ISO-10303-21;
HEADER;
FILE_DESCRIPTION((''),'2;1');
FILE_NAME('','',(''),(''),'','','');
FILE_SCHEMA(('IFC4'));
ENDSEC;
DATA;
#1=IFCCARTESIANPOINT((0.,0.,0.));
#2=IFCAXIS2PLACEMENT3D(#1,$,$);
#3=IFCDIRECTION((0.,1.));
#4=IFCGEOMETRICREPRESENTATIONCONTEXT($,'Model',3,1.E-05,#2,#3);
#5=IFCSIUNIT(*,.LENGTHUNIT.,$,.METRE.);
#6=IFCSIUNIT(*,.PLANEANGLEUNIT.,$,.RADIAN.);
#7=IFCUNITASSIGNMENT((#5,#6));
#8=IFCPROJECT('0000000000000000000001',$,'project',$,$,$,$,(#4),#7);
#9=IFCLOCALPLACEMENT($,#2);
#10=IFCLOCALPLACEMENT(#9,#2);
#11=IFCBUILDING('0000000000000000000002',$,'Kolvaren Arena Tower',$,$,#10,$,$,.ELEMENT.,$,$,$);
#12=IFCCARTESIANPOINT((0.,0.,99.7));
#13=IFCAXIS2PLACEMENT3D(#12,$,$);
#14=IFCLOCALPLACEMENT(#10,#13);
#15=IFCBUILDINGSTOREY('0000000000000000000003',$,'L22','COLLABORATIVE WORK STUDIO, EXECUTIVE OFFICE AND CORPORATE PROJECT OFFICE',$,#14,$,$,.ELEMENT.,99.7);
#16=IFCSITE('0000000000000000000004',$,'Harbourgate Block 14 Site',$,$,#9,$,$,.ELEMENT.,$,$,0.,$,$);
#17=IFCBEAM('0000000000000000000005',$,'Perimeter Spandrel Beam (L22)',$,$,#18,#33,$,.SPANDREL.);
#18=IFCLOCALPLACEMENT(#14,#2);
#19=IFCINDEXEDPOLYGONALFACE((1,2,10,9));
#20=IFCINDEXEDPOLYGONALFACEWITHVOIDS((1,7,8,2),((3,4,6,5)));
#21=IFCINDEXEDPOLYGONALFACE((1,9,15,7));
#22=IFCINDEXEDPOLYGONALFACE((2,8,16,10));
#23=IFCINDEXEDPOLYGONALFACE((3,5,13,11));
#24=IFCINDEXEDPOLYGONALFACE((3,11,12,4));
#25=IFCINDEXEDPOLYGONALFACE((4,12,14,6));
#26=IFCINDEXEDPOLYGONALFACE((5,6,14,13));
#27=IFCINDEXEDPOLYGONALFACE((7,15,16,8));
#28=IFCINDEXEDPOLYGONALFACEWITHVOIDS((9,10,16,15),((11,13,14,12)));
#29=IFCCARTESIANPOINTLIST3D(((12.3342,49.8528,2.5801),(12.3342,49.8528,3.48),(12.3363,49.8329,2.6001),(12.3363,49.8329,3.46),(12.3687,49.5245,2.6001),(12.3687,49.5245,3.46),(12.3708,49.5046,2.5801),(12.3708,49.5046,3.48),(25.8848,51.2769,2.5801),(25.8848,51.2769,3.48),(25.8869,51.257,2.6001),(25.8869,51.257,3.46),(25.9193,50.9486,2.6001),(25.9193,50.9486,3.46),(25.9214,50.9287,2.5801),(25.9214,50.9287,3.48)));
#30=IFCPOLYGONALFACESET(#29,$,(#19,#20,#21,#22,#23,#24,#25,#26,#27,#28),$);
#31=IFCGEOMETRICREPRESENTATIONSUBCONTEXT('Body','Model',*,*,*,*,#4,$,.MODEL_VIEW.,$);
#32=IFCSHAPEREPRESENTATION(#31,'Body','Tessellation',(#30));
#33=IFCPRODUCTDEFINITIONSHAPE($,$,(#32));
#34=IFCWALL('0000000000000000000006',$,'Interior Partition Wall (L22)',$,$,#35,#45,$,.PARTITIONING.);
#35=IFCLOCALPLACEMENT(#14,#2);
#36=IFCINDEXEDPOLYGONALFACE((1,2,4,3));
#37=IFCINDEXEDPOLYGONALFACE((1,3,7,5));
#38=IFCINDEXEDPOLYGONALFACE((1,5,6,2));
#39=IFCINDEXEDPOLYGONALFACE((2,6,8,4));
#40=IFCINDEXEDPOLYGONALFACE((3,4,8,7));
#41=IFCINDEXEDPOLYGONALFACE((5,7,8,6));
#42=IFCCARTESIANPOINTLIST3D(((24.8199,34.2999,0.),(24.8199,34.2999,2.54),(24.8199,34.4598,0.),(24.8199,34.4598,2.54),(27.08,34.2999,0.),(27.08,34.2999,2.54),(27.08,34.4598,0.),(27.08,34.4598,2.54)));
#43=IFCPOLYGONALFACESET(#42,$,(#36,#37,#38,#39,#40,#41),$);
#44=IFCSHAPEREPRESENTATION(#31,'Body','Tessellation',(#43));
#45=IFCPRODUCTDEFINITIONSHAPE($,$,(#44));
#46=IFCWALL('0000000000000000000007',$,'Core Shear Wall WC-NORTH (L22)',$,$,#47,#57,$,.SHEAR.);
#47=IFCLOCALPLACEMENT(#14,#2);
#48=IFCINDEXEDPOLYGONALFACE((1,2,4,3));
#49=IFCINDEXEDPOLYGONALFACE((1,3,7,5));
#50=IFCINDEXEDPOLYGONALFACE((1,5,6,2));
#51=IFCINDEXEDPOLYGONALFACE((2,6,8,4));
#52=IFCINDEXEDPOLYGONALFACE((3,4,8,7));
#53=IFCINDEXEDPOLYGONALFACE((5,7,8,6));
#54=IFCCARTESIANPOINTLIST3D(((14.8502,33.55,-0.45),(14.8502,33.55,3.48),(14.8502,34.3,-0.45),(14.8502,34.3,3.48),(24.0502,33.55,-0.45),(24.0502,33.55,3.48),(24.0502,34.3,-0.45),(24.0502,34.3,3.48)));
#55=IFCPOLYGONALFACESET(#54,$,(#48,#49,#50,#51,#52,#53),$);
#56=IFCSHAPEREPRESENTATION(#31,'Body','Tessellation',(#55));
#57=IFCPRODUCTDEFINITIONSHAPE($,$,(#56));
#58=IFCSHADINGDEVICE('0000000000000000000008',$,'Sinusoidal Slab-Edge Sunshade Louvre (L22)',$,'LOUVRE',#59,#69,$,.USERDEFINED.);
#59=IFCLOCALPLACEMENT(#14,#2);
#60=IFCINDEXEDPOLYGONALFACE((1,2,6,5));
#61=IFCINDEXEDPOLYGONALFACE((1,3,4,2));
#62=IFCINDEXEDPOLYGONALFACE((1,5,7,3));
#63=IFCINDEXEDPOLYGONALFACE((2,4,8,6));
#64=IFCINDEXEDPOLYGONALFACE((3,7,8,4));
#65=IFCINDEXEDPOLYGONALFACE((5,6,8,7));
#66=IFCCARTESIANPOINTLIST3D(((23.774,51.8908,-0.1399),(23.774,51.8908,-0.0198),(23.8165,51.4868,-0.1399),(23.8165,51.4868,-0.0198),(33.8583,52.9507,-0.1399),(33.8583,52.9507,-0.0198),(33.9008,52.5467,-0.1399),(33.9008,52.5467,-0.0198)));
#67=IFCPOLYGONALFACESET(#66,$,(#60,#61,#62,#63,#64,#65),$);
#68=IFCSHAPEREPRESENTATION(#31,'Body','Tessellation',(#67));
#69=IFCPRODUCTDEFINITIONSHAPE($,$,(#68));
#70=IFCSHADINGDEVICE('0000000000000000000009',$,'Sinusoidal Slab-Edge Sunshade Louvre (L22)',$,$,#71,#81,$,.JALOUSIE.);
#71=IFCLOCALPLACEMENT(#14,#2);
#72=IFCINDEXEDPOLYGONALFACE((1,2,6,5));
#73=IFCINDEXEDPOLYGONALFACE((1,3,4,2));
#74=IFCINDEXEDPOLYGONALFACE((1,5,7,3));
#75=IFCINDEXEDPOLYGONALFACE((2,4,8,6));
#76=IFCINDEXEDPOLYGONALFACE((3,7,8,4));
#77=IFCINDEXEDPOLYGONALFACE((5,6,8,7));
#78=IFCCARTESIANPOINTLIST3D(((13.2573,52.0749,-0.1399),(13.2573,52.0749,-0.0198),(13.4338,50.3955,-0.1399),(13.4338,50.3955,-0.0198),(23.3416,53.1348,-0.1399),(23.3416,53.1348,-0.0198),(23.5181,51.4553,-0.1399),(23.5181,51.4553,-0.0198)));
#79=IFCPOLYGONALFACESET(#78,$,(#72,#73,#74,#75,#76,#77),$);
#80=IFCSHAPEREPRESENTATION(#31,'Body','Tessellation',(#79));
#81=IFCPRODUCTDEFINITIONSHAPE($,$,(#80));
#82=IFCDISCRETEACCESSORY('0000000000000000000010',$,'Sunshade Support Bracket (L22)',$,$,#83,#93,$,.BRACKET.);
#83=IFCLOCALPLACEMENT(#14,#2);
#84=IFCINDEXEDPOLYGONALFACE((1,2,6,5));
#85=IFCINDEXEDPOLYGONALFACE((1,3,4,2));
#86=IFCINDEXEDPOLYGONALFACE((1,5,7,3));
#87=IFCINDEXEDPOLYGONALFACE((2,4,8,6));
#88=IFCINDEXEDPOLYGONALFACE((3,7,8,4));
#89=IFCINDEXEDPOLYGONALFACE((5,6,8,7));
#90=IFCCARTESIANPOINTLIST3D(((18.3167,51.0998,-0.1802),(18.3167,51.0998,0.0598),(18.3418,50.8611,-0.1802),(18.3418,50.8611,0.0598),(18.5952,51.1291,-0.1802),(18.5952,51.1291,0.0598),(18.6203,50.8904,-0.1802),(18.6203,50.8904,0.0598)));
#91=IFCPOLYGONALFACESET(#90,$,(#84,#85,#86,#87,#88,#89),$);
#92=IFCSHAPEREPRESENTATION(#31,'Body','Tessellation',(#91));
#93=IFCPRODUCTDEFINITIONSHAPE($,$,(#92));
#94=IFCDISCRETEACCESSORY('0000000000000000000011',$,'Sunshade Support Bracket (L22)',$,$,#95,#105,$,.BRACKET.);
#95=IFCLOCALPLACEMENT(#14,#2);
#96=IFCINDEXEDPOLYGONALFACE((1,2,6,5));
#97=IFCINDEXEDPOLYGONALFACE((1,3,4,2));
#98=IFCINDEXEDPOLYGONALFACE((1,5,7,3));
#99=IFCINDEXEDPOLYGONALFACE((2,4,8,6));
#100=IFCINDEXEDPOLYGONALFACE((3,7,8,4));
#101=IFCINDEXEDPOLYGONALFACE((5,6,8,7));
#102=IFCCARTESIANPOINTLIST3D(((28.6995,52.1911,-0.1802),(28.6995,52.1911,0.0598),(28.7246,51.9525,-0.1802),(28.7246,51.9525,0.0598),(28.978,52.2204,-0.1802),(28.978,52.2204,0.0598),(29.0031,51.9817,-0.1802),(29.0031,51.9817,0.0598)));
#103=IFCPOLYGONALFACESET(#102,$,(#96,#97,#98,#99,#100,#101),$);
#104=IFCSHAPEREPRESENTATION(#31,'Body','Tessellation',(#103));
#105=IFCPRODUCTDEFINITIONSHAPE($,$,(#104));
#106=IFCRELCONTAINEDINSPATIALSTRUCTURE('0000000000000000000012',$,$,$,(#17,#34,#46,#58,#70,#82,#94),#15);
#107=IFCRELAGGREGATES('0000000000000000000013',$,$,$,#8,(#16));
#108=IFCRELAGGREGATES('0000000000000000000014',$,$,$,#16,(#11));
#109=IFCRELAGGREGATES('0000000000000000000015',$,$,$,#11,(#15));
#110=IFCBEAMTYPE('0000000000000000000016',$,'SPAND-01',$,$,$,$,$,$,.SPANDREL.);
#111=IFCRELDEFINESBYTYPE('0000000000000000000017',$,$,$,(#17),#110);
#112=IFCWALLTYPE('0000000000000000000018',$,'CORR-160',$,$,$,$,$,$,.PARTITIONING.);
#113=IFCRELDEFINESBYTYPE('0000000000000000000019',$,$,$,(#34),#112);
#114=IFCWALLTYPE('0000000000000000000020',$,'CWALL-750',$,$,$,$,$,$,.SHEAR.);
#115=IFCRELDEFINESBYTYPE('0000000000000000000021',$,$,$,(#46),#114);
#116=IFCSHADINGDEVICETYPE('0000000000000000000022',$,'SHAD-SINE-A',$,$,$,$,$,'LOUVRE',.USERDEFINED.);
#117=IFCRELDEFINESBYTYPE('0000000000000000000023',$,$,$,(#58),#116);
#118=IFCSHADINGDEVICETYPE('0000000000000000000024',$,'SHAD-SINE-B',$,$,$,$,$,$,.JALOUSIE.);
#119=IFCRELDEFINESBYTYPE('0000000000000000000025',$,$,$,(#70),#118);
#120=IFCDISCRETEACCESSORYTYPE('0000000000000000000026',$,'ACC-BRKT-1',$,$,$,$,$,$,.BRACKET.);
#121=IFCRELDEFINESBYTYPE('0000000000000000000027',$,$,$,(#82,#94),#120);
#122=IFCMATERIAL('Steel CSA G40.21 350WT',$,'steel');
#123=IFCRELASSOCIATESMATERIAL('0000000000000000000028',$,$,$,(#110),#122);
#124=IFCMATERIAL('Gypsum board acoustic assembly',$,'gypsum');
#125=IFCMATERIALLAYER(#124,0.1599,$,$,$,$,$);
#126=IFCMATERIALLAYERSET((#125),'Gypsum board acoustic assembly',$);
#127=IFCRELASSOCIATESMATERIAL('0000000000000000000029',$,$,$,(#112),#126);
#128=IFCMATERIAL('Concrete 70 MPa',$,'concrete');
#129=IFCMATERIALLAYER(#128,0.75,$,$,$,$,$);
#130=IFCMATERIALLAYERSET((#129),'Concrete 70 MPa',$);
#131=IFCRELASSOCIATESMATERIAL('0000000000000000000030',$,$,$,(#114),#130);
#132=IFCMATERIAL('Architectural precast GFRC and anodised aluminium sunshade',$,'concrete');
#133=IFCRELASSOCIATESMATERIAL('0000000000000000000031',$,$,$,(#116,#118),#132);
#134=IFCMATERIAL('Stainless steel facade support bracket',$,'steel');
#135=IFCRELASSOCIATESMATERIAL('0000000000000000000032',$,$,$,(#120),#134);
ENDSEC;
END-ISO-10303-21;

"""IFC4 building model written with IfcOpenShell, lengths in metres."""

from ifc_helpers import new_model, si_unit, direction, frame, frame_2d, origin, origin_2d, place, context, subcontext, project, spatial, rectangle, hollow_rectangle, extrude, material, layer, layer_set, material_profile, profile_set, type_object, element, save


model = new_model("IFC4")

# Units and contexts
model_context = context("Model", 3, precision=1e-05, world=origin(), true_north=direction((0.0, 1.0)))
body_context = subcontext(model_context, "Body", "Model", "MODEL_VIEW")
ifc_project = project(units=[si_unit("LENGTHUNIT", "METRE"), si_unit("PLANEANGLEUNIT", "RADIAN")], contexts=[model_context])

# Site, building, storey
site_placement = place(None, origin())
site = spatial("IfcSite", under=ifc_project, at=site_placement, Name="Harbourgate Block 14 Site", CompositionType="ELEMENT", RefElevation=0.0)
building_placement = place(site_placement, origin())
building = spatial("IfcBuilding", under=site, at=building_placement, Name="Kolvaren Arena Tower", CompositionType="ELEMENT")
storey_placement = place(building_placement, frame((0.0, 0.0, 99.7)))
storey = spatial("IfcBuildingStorey", under=building, at=storey_placement, Name="L22", Description="COLLABORATIVE WORK STUDIO, EXECUTIVE OFFICE AND CORPORATE PROJECT OFFICE", CompositionType="ELEMENT", Elevation=99.7)

# Beam
ifc_material_1 = material(Name="Steel CSA G40.21 350WT", Category="steel")
ifc_material_profile_1 = material_profile(ifc_material_1, hollow_rectangle(XDim=0.3501, YDim=0.8999, WallThickness=0.02, at=origin_2d()), Name="HSS 900x350x20")
ifc_profile_set_1 = profile_set([ifc_material_profile_1], Name="Steel CSA G40.21 350WT")
beam_type_1 = type_object("IfcBeamType", Name="SPAND-01", PredefinedType="SPANDREL", material=ifc_profile_set_1)
beam_1_placement = place(storey_placement, frame((25.9031, 51.1028, 3.03), z_axis=(-0.994523, -0.104518, 0.0), x_axis=(0.104518, -0.994523, 0.0)))
element("IfcBeam", 1, at=beam_1_placement, inside=storey, type_object=beam_type_1, Name="Perimeter Spandrel Beam (L22)", PredefinedType="SPANDREL", context=body_context, shape_type="SweptSolid", body=[
    extrude(hollow_rectangle(XDim=0.3501, YDim=0.8999, WallThickness=0.02, at=origin_2d()), origin(), (0.0, 0.0, 1.0), 13.6252),
])

# Walls
ifc_material_2 = material(Name="Gypsum board acoustic assembly", Category="gypsum")
ifc_layer_1 = layer(ifc_material_2, 0.1599)
ifc_layer_set_1 = layer_set([ifc_layer_1], Name="Gypsum board acoustic assembly")
wall_type_1 = type_object("IfcWallType", Name="CORR-160", PredefinedType="PARTITIONING", material=ifc_layer_set_1)
wall_1_placement = place(storey_placement, frame((24.8201, 34.3799, 0.0), z_axis=(0.0, 0.0, 1.0), x_axis=(1.0, 0.0, 0.0)))
element("IfcWall", 2, at=wall_1_placement, inside=storey, type_object=wall_type_1, Name="Interior Partition Wall (L22)", PredefinedType="PARTITIONING", context=body_context, shape_type="SweptSolid", body=[
    extrude(rectangle(XDim=2.26, YDim=0.1599, at=frame_2d((1.1299, 0.0))), origin(), (0.0, 0.0, 1.0), 2.54),
])
ifc_material_3 = material(Name="Concrete 70 MPa", Category="concrete")
ifc_layer_2 = layer(ifc_material_3, 0.75)
ifc_layer_set_2 = layer_set([ifc_layer_2], Name="Concrete 70 MPa")
wall_type_2 = type_object("IfcWallType", Name="CWALL-750", PredefinedType="SHEAR", material=ifc_layer_set_2)
wall_2_placement = place(storey_placement, frame((14.8501, 33.925, -0.45), z_axis=(0.0, 0.0, 1.0), x_axis=(1.0, 0.0, 0.0)))
element("IfcWall", 3, at=wall_2_placement, inside=storey, type_object=wall_type_2, Name="Core Shear Wall WC-NORTH (L22)", PredefinedType="SHEAR", context=body_context, shape_type="SweptSolid", body=[
    extrude(rectangle(XDim=9.2, YDim=0.75, at=frame_2d((4.6001, 0.0))), origin(), (0.0, 0.0, 1.0), 3.9299),
])

# Shading devices
ifc_material_4 = material(Name="Architectural precast GFRC and anodised aluminium sunshade", Category="concrete")
shading_device_type_1 = type_object("IfcShadingDeviceType", Name="SHAD-SINE-A", ElementType="LOUVRE", PredefinedType="USERDEFINED", material=ifc_material_4)
shading_device_1_placement = place(storey_placement, frame((28.8374, 52.2188, -0.1399), z_axis=(0.0, 0.0, 1.0), x_axis=(0.994522, 0.104527, 0.0)))
element("IfcShadingDevice", 4, at=shading_device_1_placement, inside=storey, type_object=shading_device_type_1, Name="Sinusoidal Slab-Edge Sunshade Louvre (L22)", ObjectType="LOUVRE", PredefinedType="USERDEFINED", context=body_context, shape_type="SweptSolid", body=[
    extrude(rectangle(XDim=10.1399, YDim=0.4062, at=origin_2d()), origin(), (0.0, 0.0, 1.0), 0.1201),
])
shading_device_type_2 = type_object("IfcShadingDeviceType", Name="SHAD-SINE-B", PredefinedType="JALOUSIE", material=ifc_material_4)
shading_device_2_placement = place(storey_placement, frame((18.3877, 51.7651, -0.1399), z_axis=(0.0, 0.0, 1.0), x_axis=(0.994522, 0.104527, 0.0)))
element("IfcShadingDevice", 5, at=shading_device_2_placement, inside=storey, type_object=shading_device_type_2, Name="Sinusoidal Slab-Edge Sunshade Louvre (L22)", PredefinedType="JALOUSIE", context=body_context, shape_type="SweptSolid", body=[
    extrude(rectangle(XDim=10.1399, YDim=1.6887, at=origin_2d()), origin(), (0.0, 0.0, 1.0), 0.1201),
])

# Discrete accessories
ifc_material_5 = material(Name="Stainless steel facade support bracket", Category="steel")
discrete_accessory_type = type_object("IfcDiscreteAccessoryType", Name="ACC-BRKT-1", PredefinedType="BRACKET", material=ifc_material_5)
for number, where, z_axis, x_axis, name in (
    (6, (18.4685, 50.9951, -0.1802), (0.0, 0.0, 1.0), (0.994522, 0.104527, 0.0), "Sunshade Support Bracket (L22)"),
    (7, (28.8513, 52.0864, -0.1802), (0.0, 0.0, 1.0), (0.994522, 0.104527, 0.0), "Sunshade Support Bracket (L22)"),
):
    element("IfcDiscreteAccessory", number, at=place(storey_placement, frame(where, z_axis=z_axis, x_axis=x_axis)), inside=storey, type_object=discrete_accessory_type, Name=name, PredefinedType="BRACKET", context=body_context, shape_type="SweptSolid", body=[
        extrude(rectangle(XDim=0.28, YDim=0.24, at=origin_2d()), origin(), (0.0, 0.0, 1.0), 0.24),
    ])

save(model, "model.ifc")
